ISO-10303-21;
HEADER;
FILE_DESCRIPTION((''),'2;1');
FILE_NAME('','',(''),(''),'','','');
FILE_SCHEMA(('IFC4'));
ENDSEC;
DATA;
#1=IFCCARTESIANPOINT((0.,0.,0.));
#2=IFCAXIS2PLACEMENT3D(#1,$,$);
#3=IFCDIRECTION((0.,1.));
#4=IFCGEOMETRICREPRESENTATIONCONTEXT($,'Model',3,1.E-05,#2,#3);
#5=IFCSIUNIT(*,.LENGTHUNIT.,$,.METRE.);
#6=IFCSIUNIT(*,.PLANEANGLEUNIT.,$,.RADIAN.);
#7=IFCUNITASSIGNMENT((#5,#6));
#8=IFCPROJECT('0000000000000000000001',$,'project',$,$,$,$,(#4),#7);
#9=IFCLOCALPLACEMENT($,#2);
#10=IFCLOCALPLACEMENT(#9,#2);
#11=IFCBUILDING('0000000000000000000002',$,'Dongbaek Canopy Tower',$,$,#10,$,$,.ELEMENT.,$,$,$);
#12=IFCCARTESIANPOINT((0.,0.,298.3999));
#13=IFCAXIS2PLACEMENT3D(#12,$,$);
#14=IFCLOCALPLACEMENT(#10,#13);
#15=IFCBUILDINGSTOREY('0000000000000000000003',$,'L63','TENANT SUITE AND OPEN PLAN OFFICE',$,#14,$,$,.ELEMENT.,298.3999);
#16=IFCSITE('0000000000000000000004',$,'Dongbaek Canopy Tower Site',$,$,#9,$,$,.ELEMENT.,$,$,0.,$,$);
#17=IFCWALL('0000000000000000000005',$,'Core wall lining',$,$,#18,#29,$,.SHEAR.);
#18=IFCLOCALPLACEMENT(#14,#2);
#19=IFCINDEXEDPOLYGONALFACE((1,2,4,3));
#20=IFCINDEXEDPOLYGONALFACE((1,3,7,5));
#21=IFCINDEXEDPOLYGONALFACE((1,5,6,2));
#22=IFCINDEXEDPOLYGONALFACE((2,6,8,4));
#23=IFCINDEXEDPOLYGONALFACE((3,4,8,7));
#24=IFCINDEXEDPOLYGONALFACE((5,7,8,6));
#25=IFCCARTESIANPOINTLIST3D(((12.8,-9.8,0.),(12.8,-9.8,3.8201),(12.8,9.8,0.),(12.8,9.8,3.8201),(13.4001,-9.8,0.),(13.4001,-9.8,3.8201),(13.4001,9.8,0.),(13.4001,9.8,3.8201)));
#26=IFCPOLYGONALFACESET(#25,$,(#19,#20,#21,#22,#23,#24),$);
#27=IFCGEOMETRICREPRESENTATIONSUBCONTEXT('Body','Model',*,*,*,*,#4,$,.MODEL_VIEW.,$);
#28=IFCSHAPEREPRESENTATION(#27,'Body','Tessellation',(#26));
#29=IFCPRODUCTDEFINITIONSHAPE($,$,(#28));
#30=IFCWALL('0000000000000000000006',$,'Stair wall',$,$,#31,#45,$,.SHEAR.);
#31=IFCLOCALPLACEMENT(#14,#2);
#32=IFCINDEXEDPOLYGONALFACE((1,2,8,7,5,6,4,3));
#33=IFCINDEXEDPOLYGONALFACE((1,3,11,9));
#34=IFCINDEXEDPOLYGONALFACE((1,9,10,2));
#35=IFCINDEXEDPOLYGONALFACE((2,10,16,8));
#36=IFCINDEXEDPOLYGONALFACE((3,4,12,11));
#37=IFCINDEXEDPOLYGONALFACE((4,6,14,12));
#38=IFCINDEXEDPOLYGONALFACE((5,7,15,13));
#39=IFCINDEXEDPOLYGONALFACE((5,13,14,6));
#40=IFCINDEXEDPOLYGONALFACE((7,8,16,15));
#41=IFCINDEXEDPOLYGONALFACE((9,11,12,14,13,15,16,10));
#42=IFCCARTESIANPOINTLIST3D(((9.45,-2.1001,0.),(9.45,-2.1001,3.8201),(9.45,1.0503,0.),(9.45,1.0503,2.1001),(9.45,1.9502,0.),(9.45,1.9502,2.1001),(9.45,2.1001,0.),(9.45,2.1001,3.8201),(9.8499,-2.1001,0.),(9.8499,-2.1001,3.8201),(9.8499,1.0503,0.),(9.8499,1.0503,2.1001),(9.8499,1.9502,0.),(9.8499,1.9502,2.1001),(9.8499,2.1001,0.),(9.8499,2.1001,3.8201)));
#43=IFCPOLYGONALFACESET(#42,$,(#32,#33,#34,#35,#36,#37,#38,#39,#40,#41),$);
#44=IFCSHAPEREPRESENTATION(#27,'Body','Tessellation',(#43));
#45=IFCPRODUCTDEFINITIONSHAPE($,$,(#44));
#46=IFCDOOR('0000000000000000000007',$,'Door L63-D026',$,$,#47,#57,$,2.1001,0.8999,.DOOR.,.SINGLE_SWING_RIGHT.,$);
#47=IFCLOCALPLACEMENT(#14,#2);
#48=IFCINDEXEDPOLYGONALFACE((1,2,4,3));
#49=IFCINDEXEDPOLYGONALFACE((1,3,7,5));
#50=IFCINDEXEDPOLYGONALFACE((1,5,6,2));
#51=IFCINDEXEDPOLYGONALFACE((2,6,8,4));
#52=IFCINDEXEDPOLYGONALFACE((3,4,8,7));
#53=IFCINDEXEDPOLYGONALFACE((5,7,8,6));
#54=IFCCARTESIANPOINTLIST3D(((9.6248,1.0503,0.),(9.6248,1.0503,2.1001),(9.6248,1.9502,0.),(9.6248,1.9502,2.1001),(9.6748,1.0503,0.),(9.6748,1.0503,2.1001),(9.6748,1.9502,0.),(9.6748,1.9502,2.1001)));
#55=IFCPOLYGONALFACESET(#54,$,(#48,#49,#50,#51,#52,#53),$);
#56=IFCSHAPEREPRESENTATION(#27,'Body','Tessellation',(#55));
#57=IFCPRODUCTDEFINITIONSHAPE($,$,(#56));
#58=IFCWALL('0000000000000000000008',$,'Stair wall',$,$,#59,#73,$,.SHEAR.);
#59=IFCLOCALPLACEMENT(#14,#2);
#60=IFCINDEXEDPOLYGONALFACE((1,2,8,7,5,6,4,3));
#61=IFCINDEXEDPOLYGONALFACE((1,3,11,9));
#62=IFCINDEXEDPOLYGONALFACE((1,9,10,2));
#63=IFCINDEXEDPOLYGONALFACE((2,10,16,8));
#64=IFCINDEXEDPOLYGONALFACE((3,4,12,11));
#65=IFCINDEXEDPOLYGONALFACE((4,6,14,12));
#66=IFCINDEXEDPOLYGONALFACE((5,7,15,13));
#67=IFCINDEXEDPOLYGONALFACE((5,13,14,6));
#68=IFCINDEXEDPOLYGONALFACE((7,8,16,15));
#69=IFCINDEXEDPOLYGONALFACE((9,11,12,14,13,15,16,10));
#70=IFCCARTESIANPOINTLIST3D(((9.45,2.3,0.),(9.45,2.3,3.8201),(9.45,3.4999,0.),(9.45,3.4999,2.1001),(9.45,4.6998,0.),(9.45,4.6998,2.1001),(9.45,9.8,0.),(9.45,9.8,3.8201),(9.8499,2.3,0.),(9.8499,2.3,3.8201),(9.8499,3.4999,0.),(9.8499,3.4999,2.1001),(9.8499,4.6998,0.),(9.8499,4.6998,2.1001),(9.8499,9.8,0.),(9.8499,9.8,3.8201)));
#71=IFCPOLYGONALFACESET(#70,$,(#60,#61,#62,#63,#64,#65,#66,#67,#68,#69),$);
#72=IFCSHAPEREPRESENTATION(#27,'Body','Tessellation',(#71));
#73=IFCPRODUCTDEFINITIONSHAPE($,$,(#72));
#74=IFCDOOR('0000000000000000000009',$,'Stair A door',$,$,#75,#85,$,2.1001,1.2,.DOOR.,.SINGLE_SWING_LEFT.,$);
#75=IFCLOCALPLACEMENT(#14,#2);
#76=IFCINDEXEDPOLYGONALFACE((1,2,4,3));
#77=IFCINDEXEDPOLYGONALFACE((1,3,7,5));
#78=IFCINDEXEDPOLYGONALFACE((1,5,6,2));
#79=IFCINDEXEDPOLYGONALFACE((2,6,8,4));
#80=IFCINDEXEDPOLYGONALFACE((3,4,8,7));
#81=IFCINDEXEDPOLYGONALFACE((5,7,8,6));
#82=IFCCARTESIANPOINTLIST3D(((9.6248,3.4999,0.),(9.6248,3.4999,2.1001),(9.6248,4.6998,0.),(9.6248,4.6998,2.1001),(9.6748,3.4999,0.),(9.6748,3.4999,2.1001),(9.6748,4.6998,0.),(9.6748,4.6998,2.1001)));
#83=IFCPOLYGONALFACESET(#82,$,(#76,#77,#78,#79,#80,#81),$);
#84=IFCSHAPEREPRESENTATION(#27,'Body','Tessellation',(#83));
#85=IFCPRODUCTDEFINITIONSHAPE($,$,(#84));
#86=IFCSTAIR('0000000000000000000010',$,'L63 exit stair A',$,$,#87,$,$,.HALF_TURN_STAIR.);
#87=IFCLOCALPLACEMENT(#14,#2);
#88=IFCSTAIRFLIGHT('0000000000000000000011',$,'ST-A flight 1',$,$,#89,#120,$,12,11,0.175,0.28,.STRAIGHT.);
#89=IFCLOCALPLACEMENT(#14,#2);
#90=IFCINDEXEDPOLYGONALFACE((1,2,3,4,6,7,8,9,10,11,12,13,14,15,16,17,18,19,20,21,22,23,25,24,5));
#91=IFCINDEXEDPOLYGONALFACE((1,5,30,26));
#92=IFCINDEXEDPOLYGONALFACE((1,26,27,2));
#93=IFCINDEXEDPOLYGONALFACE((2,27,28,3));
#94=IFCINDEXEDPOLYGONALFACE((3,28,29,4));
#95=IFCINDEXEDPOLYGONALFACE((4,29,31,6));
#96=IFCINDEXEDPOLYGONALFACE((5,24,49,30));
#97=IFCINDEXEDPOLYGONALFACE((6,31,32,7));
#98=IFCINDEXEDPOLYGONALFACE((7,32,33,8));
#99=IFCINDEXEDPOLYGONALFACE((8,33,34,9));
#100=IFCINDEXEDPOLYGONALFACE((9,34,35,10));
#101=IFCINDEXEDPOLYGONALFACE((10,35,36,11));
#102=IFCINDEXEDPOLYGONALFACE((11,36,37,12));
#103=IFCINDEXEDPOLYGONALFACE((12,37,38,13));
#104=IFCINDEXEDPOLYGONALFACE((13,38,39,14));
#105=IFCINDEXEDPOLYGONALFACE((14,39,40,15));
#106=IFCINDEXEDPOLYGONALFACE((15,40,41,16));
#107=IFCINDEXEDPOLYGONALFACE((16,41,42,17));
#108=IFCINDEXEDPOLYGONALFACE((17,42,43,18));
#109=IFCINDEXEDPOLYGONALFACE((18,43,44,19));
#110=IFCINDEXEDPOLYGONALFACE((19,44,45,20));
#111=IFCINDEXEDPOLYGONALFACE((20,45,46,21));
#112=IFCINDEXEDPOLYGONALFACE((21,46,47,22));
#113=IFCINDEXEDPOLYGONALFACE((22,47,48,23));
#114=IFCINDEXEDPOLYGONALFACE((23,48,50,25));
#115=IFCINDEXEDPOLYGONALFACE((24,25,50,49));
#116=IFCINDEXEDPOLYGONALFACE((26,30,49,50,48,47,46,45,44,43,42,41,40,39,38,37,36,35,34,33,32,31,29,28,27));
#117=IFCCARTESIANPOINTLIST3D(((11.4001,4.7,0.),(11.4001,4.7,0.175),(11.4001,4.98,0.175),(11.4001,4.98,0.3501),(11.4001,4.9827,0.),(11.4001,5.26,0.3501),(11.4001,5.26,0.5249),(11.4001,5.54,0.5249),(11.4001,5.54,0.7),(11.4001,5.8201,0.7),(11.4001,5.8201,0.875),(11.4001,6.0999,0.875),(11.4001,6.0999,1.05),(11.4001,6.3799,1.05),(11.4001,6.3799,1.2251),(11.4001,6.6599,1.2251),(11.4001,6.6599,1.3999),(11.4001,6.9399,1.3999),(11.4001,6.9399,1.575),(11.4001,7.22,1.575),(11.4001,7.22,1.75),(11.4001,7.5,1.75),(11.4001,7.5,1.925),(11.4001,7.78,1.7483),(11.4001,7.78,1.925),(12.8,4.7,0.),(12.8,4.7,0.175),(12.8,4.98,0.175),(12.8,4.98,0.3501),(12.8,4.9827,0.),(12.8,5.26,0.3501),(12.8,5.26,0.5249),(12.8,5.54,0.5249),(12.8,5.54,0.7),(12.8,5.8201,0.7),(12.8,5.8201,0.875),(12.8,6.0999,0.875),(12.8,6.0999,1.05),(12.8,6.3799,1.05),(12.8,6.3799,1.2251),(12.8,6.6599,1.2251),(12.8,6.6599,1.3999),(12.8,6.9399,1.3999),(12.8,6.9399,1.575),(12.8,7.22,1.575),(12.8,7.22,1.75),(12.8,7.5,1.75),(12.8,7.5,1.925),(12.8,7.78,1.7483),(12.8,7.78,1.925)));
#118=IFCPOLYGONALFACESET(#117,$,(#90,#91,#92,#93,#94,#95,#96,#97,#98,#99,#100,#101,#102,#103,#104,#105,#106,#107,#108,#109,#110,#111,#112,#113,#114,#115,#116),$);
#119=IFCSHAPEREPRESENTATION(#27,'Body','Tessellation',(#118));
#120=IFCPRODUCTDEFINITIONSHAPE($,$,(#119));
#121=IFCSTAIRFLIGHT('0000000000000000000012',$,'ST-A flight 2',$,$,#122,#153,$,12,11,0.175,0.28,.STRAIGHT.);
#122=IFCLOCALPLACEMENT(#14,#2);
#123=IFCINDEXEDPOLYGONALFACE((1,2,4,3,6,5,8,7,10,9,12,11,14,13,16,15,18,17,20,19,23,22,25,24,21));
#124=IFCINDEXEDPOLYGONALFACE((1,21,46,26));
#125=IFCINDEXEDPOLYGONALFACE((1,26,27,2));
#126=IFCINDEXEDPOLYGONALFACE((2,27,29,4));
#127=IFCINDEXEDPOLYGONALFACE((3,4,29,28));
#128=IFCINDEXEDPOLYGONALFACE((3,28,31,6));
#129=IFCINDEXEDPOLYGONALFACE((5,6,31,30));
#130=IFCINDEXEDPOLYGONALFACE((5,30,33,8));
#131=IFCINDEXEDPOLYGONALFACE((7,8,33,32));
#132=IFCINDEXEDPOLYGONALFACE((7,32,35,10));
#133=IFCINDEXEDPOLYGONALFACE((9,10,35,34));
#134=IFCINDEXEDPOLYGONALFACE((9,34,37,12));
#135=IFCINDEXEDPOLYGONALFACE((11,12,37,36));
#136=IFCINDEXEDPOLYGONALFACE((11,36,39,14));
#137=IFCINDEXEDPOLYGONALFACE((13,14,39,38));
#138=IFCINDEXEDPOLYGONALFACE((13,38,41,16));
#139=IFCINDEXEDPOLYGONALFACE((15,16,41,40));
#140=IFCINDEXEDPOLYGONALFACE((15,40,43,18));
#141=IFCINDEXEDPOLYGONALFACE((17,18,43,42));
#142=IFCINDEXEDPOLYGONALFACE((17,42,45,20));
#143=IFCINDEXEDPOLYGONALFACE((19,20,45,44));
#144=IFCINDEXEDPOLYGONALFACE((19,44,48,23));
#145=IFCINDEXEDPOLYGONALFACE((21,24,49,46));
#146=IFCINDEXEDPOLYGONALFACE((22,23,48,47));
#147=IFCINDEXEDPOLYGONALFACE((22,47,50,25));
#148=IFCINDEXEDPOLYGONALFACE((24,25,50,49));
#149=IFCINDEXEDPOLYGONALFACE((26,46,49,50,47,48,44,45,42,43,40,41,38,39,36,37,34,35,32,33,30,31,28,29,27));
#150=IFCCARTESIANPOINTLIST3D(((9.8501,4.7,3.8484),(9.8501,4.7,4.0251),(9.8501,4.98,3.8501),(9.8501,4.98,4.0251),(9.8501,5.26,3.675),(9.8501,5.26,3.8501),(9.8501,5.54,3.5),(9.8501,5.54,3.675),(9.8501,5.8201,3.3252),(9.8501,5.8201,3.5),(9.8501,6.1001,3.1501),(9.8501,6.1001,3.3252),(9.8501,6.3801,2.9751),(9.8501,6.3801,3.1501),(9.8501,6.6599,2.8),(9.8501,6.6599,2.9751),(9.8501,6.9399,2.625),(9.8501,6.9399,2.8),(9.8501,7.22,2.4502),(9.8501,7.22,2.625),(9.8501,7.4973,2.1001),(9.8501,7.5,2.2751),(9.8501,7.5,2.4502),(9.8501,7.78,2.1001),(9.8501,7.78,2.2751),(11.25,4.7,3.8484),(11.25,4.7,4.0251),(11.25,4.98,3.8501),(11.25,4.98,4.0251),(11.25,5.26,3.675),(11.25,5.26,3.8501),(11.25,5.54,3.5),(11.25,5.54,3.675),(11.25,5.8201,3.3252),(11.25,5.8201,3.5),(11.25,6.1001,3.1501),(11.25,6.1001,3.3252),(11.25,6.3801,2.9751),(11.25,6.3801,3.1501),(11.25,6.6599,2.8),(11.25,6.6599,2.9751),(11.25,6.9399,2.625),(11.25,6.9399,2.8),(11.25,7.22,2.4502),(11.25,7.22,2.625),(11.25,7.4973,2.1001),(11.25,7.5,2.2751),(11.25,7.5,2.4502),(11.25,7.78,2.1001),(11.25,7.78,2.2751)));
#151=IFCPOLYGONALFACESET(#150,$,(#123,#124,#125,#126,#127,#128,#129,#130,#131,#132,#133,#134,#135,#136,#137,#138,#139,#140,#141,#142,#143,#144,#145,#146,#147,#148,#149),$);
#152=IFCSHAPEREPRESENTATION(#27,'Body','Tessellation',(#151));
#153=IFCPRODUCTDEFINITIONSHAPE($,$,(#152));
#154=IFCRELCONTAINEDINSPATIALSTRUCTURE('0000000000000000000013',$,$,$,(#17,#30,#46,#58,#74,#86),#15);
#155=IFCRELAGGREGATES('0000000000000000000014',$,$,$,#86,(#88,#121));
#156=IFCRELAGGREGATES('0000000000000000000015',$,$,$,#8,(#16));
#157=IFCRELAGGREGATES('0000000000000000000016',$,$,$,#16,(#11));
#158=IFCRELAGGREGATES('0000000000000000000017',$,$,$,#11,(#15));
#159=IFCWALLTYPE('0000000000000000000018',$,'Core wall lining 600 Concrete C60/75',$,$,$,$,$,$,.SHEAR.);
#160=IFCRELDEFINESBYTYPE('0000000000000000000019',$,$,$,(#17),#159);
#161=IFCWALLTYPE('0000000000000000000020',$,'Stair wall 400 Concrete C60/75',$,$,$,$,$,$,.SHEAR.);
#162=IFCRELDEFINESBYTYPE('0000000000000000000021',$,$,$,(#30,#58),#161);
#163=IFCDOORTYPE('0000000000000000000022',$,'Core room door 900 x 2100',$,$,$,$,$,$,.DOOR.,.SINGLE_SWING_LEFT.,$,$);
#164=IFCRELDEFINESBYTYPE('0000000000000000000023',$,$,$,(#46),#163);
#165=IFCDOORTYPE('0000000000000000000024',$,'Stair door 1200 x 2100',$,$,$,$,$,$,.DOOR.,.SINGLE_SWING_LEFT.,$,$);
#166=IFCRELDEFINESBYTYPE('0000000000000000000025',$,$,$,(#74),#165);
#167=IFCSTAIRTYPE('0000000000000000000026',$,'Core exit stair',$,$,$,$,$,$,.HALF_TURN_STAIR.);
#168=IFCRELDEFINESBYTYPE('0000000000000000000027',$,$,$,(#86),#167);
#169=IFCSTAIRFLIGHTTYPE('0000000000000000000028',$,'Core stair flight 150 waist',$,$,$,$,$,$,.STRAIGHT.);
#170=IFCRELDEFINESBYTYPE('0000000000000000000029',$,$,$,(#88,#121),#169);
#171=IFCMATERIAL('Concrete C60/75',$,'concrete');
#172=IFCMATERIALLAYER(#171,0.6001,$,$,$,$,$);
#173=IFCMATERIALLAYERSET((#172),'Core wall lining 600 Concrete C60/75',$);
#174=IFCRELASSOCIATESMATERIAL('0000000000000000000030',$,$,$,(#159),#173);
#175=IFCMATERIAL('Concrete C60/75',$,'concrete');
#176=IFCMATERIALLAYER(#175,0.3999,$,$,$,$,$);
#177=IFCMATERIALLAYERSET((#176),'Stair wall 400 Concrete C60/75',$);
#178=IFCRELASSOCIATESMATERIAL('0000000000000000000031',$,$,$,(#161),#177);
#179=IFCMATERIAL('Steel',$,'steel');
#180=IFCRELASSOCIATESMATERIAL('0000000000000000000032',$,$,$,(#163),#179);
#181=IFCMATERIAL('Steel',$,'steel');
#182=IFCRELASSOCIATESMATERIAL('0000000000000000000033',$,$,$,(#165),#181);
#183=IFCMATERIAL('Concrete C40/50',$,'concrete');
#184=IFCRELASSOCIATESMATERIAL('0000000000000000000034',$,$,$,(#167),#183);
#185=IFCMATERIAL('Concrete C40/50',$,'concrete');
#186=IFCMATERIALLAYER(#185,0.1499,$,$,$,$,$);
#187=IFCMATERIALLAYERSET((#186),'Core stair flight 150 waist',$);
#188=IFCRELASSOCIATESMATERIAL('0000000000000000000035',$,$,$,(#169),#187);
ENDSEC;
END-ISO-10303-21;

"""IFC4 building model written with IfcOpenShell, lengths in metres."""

from ifc_helpers import new_model, si_unit, direction, frame, frame_2d, origin, place, context, subcontext, project, spatial, polyline, rectangle, outline, extrude, material, layer, layer_set, type_object, element, fill, aggregate, save


model = new_model("IFC4")

# Units and contexts
model_context = context("Model", 3, precision=1e-05, world=origin(), true_north=direction((0.0, 1.0)))
body_context = subcontext(model_context, "Body", "Model", "MODEL_VIEW")
ifc_project = project(units=[si_unit("LENGTHUNIT", "METRE"), si_unit("PLANEANGLEUNIT", "RADIAN")], contexts=[model_context])

# Site, building, storey
site_placement = place(None, origin())
site = spatial("IfcSite", under=ifc_project, at=site_placement, Name="Dongbaek Canopy Tower Site", CompositionType="ELEMENT", RefElevation=0.0)
building_placement = place(site_placement, origin())
building = spatial("IfcBuilding", under=site, at=building_placement, Name="Dongbaek Canopy Tower", CompositionType="ELEMENT")
storey_placement = place(building_placement, frame((0.0, 0.0, 298.3999)))
storey = spatial("IfcBuildingStorey", under=building, at=storey_placement, Name="L63", Description="TENANT SUITE AND OPEN PLAN OFFICE", CompositionType="ELEMENT", Elevation=298.3999)

# Wall
ifc_material_1 = material(Name="Concrete C60/75", Category="concrete")
ifc_layer_1 = layer(ifc_material_1, 0.6001)
ifc_layer_set_1 = layer_set([ifc_layer_1], Name="Core wall lining 600 Concrete C60/75")
wall_type_1 = type_object("IfcWallType", Name="Core wall lining 600 Concrete C60/75", PredefinedType="SHEAR", material=ifc_layer_set_1)
wall_1_placement = place(storey_placement, frame((13.1001, 9.8, 0.0), z_axis=(0.0, 0.0, 1.0), x_axis=(0.0, -1.0, 0.0)))
element("IfcWall", 1, at=wall_1_placement, inside=storey, type_object=wall_type_1, Name="Core wall lining", PredefinedType="SHEAR", context=body_context, shape_type="SweptSolid", body=[
    extrude(rectangle(XDim=19.6001, YDim=0.6001, at=frame_2d((9.8, 0.0))), origin(), (0.0, 0.0, 1.0), 3.8201),
])

# Walls, openings, doors
ifc_material_2 = material(Name="Concrete C60/75", Category="concrete")
ifc_layer_2 = layer(ifc_material_2, 0.3999)
ifc_layer_set_2 = layer_set([ifc_layer_2], Name="Stair wall 400 Concrete C60/75")
wall_type_2 = type_object("IfcWallType", Name="Stair wall 400 Concrete C60/75", PredefinedType="SHEAR", material=ifc_layer_set_2)
wall_2_placement = place(storey_placement, frame((9.6499, 2.1001, 0.0), z_axis=(0.0, 0.0, 1.0), x_axis=(0.0, -1.0, 0.0)))
wall_2 = element("IfcWall", 2, at=wall_2_placement, inside=storey, type_object=wall_type_2, Name="Stair wall", PredefinedType="SHEAR", context=body_context, shape_type="SweptSolid", body=[
    extrude(rectangle(XDim=4.2002, YDim=0.3999, at=frame_2d((2.1001, 0.0))), origin(), (0.0, 0.0, 1.0), 3.8201),
])
opening_1_placement = place(wall_2_placement, frame((0.1499, 0.0, 0.0)))
opening_1 = element("IfcOpeningElement", 3, at=opening_1_placement, cuts=wall_2, PredefinedType="OPENING", context=body_context, shape_type="SweptSolid", body=[
    extrude(rectangle(XDim=0.8999, YDim=2.1001, at=frame_2d((0.45, 1.05))), frame((0.0, 0.21, 0.0), z_axis=(0.0, -1.0, 0.0), x_axis=(1.0, 0.0, 0.0)), (0.0, 0.0, 1.0), 0.4199),
])
ifc_material_3 = material(Name="Steel", Category="steel")
door_type_1 = type_object("IfcDoorType", Name="Core room door 900 x 2100", OperationType="SINGLE_SWING_LEFT", PredefinedType="DOOR", material=ifc_material_3)
door_1_placement = place(opening_1_placement, origin())
door_1 = element("IfcDoor", 4, at=door_1_placement, inside=storey, type_object=door_type_1, Name="Door L63-D026", OperationType="SINGLE_SWING_RIGHT", OverallHeight=2.1001, OverallWidth=0.8999, PredefinedType="DOOR", context=body_context, shape_type="SweptSolid", body=[
    extrude(rectangle(XDim=0.8999, YDim=2.1001, at=frame_2d((0.45, 1.05))), frame((0.0, 0.0249, 0.0), z_axis=(0.0, -1.0, 0.0), x_axis=(1.0, 0.0, 0.0)), (0.0, 0.0, 1.0), 0.05),
])
fill(opening_1, door_1)
wall_3_placement = place(storey_placement, frame((9.6499, 9.8, 0.0), z_axis=(0.0, 0.0, 1.0), x_axis=(0.0, -1.0, 0.0)))
wall_3 = element("IfcWall", 5, at=wall_3_placement, inside=storey, type_object=wall_type_2, Name="Stair wall", PredefinedType="SHEAR", context=body_context, shape_type="SweptSolid", body=[
    extrude(rectangle(XDim=7.5, YDim=0.3999, at=frame_2d((3.75, 0.0))), origin(), (0.0, 0.0, 1.0), 3.8201),
])
opening_2_placement = place(wall_3_placement, frame((5.1001, 0.0, 0.0)))
opening_2 = element("IfcOpeningElement", 6, at=opening_2_placement, cuts=wall_3, PredefinedType="OPENING", context=body_context, shape_type="SweptSolid", body=[
    extrude(rectangle(XDim=1.2, YDim=2.1001, at=frame_2d((0.6001, 1.05))), frame((0.0, 0.21, 0.0), z_axis=(0.0, -1.0, 0.0), x_axis=(1.0, 0.0, 0.0)), (0.0, 0.0, 1.0), 0.4199),
])
ifc_material_4 = material(Name="Steel", Category="steel")
door_type_2 = type_object("IfcDoorType", Name="Stair door 1200 x 2100", OperationType="SINGLE_SWING_LEFT", PredefinedType="DOOR", material=ifc_material_4)
door_2_placement = place(opening_2_placement, origin())
door_2 = element("IfcDoor", 7, at=door_2_placement, inside=storey, type_object=door_type_2, Name="Stair A door", OperationType="SINGLE_SWING_LEFT", OverallHeight=2.1001, OverallWidth=1.2, PredefinedType="DOOR", context=body_context, shape_type="SweptSolid", body=[
    extrude(rectangle(XDim=1.2, YDim=2.1001, at=frame_2d((0.6001, 1.05))), frame((0.0, 0.0249, 0.0), z_axis=(0.0, -1.0, 0.0), x_axis=(1.0, 0.0, 0.0)), (0.0, 0.0, 1.0), 0.05),
])
fill(opening_2, door_2)

# Stair, stair flights
ifc_material_5 = material(Name="Concrete C40/50", Category="concrete")
stair_type = type_object("IfcStairType", Name="Core exit stair", PredefinedType="HALF_TURN_STAIR", material=ifc_material_5)
stair_placement = place(storey_placement, origin())
stair = element("IfcStair", 8, at=stair_placement, inside=storey, type_object=stair_type, Name="L63 exit stair A", PredefinedType="HALF_TURN_STAIR")
ifc_material_6 = material(Name="Concrete C40/50", Category="concrete")
ifc_layer_3 = layer(ifc_material_6, 0.1499)
ifc_layer_set_3 = layer_set([ifc_layer_3], Name="Core stair flight 150 waist")
stair_flight_type = type_object("IfcStairFlightType", Name="Core stair flight 150 waist", PredefinedType="STRAIGHT", material=ifc_layer_set_3)
stair_flight_1_placement = place(storey_placement, frame((12.1001, 4.7, 0.0), z_axis=(0.0, 0.0, 1.0), x_axis=(0.0, 1.0, 0.0)))
stair_flight_1 = element("IfcStairFlight", 9, at=stair_flight_1_placement, type_object=stair_flight_type, Name="ST-A flight 1", NumberOfRisers=12, NumberOfTreads=11, PredefinedType="STRAIGHT", RiserHeight=0.175, TreadLength=0.28, context=body_context, shape_type="SweptSolid", body=[
    extrude(outline(polyline([(0.0, 0.0), (0.0, 0.175), (0.28, 0.175), (0.28, 0.3501), (0.5601, 0.3501), (0.5601, 0.5249), (0.8401, 0.5249), (0.8401, 0.7), (1.1201, 0.7), (1.1201, 0.875), (1.3999, 0.875), (1.3999, 1.05), (1.6799, 1.05), (1.6799, 1.2251), (1.96, 1.2251), (1.96, 1.3999), (2.24, 1.3999), (2.24, 1.575), (2.52, 1.575), (2.52, 1.75), (2.8, 1.75), (2.8, 1.925), (3.0801, 1.925), (3.0801, 2.1001), (3.0801, 1.7483), (0.2827, 0.0), (0.0, 0.0)])), frame((0.0, 0.7, 0.0), z_axis=(0.0, -1.0, 0.0), x_axis=(1.0, 0.0, 0.0)), (0.0, 0.0, 1.0), 1.3999),
])
stair_flight_2_placement = place(storey_placement, frame((10.55, 7.78, 2.1001), z_axis=(0.0, 0.0, 1.0), x_axis=(0.0, -1.0, 0.0)))
stair_flight_2 = element("IfcStairFlight", 10, at=stair_flight_2_placement, type_object=stair_flight_type, Name="ST-A flight 2", NumberOfRisers=12, NumberOfTreads=11, PredefinedType="STRAIGHT", RiserHeight=0.175, TreadLength=0.28, context=body_context, shape_type="SweptSolid", body=[
    extrude(outline(polyline([(0.0, 0.0), (0.0, 0.175), (0.28, 0.175), (0.28, 0.3501), (0.5601, 0.3501), (0.5601, 0.5249), (0.8401, 0.5249), (0.8401, 0.7), (1.1201, 0.7), (1.1201, 0.875), (1.3999, 0.875), (1.3999, 1.05), (1.6799, 1.05), (1.6799, 1.2251), (1.96, 1.2251), (1.96, 1.3999), (2.24, 1.3999), (2.24, 1.575), (2.52, 1.575), (2.52, 1.75), (2.8, 1.75), (2.8, 1.925), (3.0801, 1.925), (3.0801, 2.1001), (3.0801, 1.7483), (0.2827, 0.0), (0.0, 0.0)])), frame((0.0, 0.7, 0.0), z_axis=(0.0, -1.0, 0.0), x_axis=(1.0, 0.0, 0.0)), (0.0, 0.0, 1.0), 1.3999),
])
aggregate(stair, [stair_flight_1, stair_flight_2])

save(model, "model.ifc")
